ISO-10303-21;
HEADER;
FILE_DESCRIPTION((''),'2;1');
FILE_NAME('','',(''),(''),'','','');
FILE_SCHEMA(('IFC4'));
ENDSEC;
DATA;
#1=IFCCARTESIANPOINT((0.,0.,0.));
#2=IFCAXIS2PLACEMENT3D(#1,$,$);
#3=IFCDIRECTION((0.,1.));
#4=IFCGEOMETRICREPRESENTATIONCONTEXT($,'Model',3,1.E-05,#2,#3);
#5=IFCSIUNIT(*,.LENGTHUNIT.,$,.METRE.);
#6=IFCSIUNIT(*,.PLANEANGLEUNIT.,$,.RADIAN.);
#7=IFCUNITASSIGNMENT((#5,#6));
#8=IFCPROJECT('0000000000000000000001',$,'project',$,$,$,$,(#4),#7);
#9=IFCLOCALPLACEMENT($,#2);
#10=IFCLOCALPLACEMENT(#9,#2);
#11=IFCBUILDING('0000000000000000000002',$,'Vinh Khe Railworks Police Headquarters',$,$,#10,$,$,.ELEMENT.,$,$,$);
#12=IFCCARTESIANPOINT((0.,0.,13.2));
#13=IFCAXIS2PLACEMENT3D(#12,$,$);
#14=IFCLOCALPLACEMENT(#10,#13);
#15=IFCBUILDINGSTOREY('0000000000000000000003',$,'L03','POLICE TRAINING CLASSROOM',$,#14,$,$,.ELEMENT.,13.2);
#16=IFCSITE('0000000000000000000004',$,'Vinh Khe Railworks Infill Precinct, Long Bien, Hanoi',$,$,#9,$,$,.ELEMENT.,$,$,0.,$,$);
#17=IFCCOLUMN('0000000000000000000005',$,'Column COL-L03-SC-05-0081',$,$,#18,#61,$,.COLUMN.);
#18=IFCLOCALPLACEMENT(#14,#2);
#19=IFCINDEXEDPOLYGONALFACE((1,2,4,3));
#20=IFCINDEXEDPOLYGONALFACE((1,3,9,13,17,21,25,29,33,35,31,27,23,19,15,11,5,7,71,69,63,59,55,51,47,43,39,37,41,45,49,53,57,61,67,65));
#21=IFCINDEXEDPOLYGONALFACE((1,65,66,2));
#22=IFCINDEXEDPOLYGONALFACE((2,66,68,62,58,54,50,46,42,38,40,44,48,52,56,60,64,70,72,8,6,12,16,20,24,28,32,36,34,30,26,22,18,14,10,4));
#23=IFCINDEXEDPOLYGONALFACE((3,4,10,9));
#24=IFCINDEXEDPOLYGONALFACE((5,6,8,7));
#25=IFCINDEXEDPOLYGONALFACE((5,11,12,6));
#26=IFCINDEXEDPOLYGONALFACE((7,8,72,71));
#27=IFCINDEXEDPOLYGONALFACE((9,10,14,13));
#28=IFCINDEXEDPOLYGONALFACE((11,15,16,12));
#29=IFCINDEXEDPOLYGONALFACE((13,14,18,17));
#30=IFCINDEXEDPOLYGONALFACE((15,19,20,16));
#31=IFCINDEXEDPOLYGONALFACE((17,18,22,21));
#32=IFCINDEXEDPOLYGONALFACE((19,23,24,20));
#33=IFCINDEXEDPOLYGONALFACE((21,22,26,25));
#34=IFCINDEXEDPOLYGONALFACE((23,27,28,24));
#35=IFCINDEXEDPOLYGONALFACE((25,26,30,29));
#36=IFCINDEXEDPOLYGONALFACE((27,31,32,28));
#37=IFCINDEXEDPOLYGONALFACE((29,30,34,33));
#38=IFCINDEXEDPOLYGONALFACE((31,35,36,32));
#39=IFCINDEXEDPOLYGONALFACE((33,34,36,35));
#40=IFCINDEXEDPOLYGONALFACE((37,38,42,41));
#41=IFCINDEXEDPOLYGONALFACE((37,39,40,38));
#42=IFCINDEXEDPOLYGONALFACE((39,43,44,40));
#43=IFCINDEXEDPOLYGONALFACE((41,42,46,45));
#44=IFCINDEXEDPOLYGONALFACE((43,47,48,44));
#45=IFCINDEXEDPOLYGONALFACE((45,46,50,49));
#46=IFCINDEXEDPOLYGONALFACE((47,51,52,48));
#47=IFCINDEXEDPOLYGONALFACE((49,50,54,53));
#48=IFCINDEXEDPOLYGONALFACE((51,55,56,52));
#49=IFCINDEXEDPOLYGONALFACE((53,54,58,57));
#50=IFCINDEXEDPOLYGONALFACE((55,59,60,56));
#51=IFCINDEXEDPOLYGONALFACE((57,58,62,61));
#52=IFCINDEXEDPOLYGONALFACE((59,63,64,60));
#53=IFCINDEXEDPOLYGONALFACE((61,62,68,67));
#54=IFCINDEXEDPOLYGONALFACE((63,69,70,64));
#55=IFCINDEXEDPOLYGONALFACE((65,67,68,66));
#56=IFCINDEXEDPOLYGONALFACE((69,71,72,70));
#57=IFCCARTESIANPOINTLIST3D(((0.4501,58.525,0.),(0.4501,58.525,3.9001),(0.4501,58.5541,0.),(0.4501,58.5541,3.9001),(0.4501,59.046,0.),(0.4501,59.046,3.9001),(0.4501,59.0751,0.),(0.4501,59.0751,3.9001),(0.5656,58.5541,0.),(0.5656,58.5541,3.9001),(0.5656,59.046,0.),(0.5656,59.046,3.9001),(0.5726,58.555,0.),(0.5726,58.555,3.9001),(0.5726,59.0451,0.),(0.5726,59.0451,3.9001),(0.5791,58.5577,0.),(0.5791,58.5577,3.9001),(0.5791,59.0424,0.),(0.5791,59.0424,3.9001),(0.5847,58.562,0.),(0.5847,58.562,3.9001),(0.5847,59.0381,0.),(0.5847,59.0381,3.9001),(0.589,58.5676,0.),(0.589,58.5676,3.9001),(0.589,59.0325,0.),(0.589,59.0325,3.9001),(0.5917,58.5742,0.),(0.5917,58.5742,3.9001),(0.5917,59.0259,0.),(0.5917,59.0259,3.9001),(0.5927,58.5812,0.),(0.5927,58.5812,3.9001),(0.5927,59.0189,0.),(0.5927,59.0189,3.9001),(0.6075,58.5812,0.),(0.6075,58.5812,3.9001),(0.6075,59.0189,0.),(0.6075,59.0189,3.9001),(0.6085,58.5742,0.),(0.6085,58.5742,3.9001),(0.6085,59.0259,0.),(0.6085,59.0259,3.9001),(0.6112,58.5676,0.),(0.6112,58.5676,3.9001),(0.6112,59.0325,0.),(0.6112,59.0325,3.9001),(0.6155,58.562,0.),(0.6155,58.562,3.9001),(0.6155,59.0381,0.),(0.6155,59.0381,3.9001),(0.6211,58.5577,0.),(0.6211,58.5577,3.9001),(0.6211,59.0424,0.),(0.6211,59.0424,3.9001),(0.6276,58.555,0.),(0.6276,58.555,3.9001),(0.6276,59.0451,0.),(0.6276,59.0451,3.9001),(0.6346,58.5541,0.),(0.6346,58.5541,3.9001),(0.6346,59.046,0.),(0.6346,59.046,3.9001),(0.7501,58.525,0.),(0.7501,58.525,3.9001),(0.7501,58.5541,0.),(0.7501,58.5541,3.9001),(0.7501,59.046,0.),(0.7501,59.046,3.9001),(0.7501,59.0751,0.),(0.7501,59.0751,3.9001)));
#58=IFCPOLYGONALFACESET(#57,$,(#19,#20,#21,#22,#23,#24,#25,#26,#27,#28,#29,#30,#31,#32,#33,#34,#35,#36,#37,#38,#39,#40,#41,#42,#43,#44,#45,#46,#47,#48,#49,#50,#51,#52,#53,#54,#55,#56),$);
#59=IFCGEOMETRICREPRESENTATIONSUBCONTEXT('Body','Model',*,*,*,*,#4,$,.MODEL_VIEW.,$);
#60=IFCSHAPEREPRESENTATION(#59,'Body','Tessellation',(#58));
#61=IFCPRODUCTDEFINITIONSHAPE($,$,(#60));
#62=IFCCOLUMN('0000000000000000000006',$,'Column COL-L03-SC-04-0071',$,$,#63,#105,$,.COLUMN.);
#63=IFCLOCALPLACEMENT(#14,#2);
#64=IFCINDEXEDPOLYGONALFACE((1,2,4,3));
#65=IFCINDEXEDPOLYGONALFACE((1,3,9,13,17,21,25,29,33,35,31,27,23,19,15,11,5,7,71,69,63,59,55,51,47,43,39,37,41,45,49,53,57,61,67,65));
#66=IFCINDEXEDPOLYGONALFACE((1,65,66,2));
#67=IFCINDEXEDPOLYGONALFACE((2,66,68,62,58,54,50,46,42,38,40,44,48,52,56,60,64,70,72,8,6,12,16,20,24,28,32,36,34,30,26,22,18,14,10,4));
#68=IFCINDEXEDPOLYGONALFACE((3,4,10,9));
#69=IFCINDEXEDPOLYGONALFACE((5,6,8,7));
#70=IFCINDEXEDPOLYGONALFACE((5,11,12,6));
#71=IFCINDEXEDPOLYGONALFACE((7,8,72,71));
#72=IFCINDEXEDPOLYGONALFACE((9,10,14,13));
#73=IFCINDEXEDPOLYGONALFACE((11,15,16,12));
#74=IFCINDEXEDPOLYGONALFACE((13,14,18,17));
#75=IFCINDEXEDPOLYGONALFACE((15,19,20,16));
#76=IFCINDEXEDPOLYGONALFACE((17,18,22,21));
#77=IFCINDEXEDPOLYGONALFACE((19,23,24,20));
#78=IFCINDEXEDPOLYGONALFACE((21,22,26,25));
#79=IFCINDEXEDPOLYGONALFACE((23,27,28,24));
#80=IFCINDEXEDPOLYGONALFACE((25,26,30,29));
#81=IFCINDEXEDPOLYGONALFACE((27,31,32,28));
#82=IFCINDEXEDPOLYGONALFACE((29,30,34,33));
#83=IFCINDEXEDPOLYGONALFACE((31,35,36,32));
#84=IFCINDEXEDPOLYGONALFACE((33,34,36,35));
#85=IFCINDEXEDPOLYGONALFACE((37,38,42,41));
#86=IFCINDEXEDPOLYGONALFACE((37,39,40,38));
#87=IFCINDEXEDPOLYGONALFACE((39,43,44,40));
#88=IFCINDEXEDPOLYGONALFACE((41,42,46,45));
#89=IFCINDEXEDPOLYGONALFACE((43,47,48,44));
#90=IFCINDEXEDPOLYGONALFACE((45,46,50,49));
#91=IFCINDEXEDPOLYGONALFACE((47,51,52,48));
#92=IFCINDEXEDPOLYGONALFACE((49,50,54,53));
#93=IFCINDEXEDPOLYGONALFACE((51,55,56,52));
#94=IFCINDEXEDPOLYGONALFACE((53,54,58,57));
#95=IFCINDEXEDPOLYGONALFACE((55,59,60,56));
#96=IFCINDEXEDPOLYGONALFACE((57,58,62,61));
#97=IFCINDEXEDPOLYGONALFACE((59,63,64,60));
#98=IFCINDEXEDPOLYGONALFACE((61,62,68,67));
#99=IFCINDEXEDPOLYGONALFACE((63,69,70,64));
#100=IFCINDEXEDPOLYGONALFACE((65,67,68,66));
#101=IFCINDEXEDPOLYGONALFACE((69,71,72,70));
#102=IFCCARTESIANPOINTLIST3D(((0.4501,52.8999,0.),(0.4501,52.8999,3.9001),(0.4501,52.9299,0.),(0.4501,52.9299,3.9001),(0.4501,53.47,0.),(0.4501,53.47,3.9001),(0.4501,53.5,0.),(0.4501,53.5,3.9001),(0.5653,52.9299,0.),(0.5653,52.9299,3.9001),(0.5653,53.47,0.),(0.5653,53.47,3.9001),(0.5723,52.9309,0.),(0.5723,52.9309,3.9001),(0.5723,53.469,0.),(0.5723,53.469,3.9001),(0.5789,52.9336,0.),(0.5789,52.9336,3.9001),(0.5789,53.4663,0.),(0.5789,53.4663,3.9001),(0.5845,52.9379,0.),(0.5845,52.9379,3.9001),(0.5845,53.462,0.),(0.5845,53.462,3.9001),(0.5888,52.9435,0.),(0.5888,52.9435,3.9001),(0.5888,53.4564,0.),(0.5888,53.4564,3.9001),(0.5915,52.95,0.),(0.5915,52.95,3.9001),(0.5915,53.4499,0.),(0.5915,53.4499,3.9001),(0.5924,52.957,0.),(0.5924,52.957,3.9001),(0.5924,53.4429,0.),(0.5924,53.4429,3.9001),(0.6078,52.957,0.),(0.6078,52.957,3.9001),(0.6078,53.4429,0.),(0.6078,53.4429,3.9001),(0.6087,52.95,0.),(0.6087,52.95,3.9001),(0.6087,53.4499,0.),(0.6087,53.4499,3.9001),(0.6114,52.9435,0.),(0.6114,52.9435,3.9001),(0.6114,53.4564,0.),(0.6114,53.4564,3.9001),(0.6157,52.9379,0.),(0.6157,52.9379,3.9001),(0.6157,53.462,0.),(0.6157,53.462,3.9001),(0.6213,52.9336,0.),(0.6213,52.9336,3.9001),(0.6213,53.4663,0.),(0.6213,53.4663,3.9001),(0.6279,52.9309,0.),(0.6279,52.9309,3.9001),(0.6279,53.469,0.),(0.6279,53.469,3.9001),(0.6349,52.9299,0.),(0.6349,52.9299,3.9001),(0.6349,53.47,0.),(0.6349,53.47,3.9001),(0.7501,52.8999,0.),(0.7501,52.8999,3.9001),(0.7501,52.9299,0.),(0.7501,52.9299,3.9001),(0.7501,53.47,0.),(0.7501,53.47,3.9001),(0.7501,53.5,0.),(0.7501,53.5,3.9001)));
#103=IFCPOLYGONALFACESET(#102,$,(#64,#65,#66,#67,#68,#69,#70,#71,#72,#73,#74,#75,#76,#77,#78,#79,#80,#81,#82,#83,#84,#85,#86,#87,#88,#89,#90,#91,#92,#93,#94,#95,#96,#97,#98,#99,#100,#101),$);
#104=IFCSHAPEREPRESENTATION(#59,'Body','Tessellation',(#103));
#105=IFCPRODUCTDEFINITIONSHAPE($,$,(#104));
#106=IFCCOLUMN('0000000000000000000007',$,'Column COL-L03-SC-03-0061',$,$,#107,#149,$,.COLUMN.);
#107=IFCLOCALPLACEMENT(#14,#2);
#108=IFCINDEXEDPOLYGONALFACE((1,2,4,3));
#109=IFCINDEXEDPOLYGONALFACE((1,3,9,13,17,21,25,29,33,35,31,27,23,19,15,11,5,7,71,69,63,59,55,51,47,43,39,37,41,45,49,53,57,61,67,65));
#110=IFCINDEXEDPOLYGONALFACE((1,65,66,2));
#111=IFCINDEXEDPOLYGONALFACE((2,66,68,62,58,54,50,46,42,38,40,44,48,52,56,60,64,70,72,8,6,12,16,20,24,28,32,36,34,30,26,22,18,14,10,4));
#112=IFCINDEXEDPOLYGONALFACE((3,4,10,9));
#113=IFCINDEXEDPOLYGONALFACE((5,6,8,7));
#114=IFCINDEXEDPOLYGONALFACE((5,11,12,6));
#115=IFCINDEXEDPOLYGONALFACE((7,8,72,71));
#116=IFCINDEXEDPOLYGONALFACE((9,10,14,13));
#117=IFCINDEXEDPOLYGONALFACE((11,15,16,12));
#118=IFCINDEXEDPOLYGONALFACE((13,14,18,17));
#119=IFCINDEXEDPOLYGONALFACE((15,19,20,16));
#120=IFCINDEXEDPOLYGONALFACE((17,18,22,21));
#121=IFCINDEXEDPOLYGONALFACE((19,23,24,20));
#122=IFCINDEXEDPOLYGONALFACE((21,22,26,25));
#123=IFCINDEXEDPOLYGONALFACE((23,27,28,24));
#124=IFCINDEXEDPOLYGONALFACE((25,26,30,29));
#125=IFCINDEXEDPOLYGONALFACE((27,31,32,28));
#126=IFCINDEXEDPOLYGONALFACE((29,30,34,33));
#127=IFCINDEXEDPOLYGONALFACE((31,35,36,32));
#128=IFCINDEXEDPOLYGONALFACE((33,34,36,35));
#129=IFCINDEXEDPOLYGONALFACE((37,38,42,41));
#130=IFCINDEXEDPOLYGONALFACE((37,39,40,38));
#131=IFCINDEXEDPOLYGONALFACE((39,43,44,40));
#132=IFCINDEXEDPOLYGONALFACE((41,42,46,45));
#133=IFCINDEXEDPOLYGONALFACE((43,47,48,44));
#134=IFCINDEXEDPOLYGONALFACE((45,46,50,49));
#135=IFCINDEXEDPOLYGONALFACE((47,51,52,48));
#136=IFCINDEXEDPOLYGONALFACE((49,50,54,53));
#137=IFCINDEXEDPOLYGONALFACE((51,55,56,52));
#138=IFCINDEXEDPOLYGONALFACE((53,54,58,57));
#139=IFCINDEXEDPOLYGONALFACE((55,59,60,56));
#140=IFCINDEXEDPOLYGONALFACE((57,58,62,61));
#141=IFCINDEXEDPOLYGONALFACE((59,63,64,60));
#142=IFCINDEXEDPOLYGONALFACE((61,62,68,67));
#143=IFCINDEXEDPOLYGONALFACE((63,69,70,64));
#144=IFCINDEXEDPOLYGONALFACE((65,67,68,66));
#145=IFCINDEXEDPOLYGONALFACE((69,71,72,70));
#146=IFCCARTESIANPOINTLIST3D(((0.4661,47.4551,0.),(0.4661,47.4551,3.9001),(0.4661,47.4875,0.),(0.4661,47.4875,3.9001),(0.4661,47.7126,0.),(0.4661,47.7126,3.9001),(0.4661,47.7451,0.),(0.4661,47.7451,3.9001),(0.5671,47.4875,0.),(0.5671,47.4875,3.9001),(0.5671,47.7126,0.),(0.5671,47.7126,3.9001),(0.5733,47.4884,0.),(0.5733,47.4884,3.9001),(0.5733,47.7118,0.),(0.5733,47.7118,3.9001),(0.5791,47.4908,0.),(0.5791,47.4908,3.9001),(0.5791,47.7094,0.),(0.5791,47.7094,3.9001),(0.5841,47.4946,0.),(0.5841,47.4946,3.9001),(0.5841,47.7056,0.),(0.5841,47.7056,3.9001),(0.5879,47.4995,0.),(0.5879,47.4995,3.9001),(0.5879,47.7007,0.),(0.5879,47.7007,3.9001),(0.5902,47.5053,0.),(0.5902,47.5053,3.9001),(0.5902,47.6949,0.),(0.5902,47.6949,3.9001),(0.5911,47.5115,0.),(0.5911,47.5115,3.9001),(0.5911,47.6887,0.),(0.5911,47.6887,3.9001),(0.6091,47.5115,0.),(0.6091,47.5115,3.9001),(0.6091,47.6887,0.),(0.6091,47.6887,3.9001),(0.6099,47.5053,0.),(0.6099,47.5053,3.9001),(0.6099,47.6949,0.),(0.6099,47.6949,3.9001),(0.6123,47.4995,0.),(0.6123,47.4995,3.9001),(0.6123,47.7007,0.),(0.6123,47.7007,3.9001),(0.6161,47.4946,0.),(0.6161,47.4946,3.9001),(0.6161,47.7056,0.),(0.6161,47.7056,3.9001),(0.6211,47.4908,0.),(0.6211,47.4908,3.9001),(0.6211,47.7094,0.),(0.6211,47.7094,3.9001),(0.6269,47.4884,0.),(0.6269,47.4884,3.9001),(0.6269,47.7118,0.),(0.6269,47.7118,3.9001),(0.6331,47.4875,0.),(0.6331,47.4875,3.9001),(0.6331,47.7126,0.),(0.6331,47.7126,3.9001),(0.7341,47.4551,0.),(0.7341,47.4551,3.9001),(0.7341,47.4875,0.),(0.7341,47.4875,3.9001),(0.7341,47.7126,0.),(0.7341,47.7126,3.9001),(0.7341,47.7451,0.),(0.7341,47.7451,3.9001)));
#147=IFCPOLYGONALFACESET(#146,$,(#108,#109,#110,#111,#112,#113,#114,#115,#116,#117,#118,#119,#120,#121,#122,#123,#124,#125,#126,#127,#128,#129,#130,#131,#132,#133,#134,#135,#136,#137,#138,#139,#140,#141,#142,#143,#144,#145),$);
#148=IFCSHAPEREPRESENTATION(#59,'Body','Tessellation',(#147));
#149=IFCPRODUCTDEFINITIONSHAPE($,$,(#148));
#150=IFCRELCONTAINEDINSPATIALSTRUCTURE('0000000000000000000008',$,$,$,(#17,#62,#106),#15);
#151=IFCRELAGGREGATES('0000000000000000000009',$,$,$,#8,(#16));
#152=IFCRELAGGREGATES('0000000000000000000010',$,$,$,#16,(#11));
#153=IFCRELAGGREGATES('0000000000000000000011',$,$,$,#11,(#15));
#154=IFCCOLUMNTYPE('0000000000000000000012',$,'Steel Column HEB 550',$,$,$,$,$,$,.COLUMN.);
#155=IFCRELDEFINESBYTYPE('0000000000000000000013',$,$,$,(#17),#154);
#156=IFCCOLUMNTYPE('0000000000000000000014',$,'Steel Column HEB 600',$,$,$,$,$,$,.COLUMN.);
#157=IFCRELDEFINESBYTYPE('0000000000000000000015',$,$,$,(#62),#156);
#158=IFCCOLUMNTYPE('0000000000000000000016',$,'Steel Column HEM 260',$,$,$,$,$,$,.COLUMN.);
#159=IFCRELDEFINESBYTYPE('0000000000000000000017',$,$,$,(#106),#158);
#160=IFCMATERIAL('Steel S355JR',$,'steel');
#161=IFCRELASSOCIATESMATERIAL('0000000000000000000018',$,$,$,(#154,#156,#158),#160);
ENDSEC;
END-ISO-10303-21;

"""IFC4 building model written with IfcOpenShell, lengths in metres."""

from ifc_helpers import new_model, si_unit, direction, frame, origin, origin_2d, place, context, subcontext, project, spatial, i_section, extrude, material, material_profile, profile_set, type_object, element, save


model = new_model("IFC4")

# Units and contexts
model_context = context("Model", 3, precision=1e-05, world=origin(), true_north=direction((0.0, 1.0)))
body_context = subcontext(model_context, "Body", "Model", "MODEL_VIEW")
ifc_project = project(units=[si_unit("LENGTHUNIT", "METRE"), si_unit("PLANEANGLEUNIT", "RADIAN")], contexts=[model_context])

# Site, building, storey
site_placement = place(None, origin())
site = spatial("IfcSite", under=ifc_project, at=site_placement, Name="Vinh Khe Railworks Infill Precinct, Long Bien, Hanoi", CompositionType="ELEMENT", RefElevation=0.0)
building_placement = place(site_placement, origin())
building = spatial("IfcBuilding", under=site, at=building_placement, Name="Vinh Khe Railworks Police Headquarters", CompositionType="ELEMENT")
storey_placement = place(building_placement, frame((0.0, 0.0, 13.2)))
storey = spatial("IfcBuildingStorey", under=building, at=storey_placement, Name="L03", Description="POLICE TRAINING CLASSROOM", CompositionType="ELEMENT", Elevation=13.2)

# Columns
ifc_material_1 = material(Name="Steel S355JR", Category="steel")
ifc_material_profile_1 = material_profile(ifc_material_1, i_section(OverallWidth=0.3, OverallDepth=0.55, WebThickness=0.0149, FlangeThickness=0.0291, FilletRadius=0.0271, at=origin_2d()), Name="HEB 550")
ifc_profile_set_1 = profile_set([ifc_material_profile_1], Name="Steel S355JR")
column_type_1 = type_object("IfcColumnType", Name="Steel Column HEB 550", PredefinedType="COLUMN", material=ifc_profile_set_1)
column_1_placement = place(storey_placement, frame((0.6001, 58.8, 0.0), z_axis=(0.0, 0.0, 1.0), x_axis=(1.0, 0.0, 0.0)))
element("IfcColumn", 1, at=column_1_placement, inside=storey, type_object=column_type_1, Name="Column COL-L03-SC-05-0081", PredefinedType="COLUMN", context=body_context, shape_type="SweptSolid", body=[
    extrude(i_section(OverallWidth=0.3, OverallDepth=0.55, WebThickness=0.0149, FlangeThickness=0.0291, FilletRadius=0.0271, at=origin_2d()), origin(), (0.0, 0.0, 1.0), 3.9001),
])
ifc_material_profile_2 = material_profile(ifc_material_1, i_section(OverallWidth=0.3, OverallDepth=0.6001, WebThickness=0.0154, FlangeThickness=0.03, FilletRadius=0.0271, at=origin_2d()), Name="HEB 600")
ifc_profile_set_2 = profile_set([ifc_material_profile_2], Name="Steel S355JR")
column_type_2 = type_object("IfcColumnType", Name="Steel Column HEB 600", PredefinedType="COLUMN", material=ifc_profile_set_2)
column_2_placement = place(storey_placement, frame((0.6001, 53.2, 0.0), z_axis=(0.0, 0.0, 1.0), x_axis=(1.0, 0.0, 0.0)))
element("IfcColumn", 2, at=column_2_placement, inside=storey, type_object=column_type_2, Name="Column COL-L03-SC-04-0071", PredefinedType="COLUMN", context=body_context, shape_type="SweptSolid", body=[
    extrude(i_section(OverallWidth=0.3, OverallDepth=0.6001, WebThickness=0.0154, FlangeThickness=0.03, FilletRadius=0.0271, at=origin_2d()), origin(), (0.0, 0.0, 1.0), 3.9001),
])
ifc_material_profile_3 = material_profile(ifc_material_1, i_section(OverallWidth=0.2681, OverallDepth=0.29, WebThickness=0.0181, FlangeThickness=0.0325, FilletRadius=0.0239, at=origin_2d()), Name="HEM 260")
ifc_profile_set_3 = profile_set([ifc_material_profile_3], Name="Steel S355JR")
column_type_3 = type_object("IfcColumnType", Name="Steel Column HEM 260", PredefinedType="COLUMN", material=ifc_profile_set_3)
column_3_placement = place(storey_placement, frame((0.6001, 47.6001, 0.0), z_axis=(0.0, 0.0, 1.0), x_axis=(1.0, 0.0, 0.0)))
element("IfcColumn", 3, at=column_3_placement, inside=storey, type_object=column_type_3, Name="Column COL-L03-SC-03-0061", PredefinedType="COLUMN", context=body_context, shape_type="SweptSolid", body=[
    extrude(i_section(OverallWidth=0.2681, OverallDepth=0.29, WebThickness=0.0181, FlangeThickness=0.0325, FilletRadius=0.0239, at=origin_2d()), origin(), (0.0, 0.0, 1.0), 3.9001),
])

save(model, "model.ifc")
